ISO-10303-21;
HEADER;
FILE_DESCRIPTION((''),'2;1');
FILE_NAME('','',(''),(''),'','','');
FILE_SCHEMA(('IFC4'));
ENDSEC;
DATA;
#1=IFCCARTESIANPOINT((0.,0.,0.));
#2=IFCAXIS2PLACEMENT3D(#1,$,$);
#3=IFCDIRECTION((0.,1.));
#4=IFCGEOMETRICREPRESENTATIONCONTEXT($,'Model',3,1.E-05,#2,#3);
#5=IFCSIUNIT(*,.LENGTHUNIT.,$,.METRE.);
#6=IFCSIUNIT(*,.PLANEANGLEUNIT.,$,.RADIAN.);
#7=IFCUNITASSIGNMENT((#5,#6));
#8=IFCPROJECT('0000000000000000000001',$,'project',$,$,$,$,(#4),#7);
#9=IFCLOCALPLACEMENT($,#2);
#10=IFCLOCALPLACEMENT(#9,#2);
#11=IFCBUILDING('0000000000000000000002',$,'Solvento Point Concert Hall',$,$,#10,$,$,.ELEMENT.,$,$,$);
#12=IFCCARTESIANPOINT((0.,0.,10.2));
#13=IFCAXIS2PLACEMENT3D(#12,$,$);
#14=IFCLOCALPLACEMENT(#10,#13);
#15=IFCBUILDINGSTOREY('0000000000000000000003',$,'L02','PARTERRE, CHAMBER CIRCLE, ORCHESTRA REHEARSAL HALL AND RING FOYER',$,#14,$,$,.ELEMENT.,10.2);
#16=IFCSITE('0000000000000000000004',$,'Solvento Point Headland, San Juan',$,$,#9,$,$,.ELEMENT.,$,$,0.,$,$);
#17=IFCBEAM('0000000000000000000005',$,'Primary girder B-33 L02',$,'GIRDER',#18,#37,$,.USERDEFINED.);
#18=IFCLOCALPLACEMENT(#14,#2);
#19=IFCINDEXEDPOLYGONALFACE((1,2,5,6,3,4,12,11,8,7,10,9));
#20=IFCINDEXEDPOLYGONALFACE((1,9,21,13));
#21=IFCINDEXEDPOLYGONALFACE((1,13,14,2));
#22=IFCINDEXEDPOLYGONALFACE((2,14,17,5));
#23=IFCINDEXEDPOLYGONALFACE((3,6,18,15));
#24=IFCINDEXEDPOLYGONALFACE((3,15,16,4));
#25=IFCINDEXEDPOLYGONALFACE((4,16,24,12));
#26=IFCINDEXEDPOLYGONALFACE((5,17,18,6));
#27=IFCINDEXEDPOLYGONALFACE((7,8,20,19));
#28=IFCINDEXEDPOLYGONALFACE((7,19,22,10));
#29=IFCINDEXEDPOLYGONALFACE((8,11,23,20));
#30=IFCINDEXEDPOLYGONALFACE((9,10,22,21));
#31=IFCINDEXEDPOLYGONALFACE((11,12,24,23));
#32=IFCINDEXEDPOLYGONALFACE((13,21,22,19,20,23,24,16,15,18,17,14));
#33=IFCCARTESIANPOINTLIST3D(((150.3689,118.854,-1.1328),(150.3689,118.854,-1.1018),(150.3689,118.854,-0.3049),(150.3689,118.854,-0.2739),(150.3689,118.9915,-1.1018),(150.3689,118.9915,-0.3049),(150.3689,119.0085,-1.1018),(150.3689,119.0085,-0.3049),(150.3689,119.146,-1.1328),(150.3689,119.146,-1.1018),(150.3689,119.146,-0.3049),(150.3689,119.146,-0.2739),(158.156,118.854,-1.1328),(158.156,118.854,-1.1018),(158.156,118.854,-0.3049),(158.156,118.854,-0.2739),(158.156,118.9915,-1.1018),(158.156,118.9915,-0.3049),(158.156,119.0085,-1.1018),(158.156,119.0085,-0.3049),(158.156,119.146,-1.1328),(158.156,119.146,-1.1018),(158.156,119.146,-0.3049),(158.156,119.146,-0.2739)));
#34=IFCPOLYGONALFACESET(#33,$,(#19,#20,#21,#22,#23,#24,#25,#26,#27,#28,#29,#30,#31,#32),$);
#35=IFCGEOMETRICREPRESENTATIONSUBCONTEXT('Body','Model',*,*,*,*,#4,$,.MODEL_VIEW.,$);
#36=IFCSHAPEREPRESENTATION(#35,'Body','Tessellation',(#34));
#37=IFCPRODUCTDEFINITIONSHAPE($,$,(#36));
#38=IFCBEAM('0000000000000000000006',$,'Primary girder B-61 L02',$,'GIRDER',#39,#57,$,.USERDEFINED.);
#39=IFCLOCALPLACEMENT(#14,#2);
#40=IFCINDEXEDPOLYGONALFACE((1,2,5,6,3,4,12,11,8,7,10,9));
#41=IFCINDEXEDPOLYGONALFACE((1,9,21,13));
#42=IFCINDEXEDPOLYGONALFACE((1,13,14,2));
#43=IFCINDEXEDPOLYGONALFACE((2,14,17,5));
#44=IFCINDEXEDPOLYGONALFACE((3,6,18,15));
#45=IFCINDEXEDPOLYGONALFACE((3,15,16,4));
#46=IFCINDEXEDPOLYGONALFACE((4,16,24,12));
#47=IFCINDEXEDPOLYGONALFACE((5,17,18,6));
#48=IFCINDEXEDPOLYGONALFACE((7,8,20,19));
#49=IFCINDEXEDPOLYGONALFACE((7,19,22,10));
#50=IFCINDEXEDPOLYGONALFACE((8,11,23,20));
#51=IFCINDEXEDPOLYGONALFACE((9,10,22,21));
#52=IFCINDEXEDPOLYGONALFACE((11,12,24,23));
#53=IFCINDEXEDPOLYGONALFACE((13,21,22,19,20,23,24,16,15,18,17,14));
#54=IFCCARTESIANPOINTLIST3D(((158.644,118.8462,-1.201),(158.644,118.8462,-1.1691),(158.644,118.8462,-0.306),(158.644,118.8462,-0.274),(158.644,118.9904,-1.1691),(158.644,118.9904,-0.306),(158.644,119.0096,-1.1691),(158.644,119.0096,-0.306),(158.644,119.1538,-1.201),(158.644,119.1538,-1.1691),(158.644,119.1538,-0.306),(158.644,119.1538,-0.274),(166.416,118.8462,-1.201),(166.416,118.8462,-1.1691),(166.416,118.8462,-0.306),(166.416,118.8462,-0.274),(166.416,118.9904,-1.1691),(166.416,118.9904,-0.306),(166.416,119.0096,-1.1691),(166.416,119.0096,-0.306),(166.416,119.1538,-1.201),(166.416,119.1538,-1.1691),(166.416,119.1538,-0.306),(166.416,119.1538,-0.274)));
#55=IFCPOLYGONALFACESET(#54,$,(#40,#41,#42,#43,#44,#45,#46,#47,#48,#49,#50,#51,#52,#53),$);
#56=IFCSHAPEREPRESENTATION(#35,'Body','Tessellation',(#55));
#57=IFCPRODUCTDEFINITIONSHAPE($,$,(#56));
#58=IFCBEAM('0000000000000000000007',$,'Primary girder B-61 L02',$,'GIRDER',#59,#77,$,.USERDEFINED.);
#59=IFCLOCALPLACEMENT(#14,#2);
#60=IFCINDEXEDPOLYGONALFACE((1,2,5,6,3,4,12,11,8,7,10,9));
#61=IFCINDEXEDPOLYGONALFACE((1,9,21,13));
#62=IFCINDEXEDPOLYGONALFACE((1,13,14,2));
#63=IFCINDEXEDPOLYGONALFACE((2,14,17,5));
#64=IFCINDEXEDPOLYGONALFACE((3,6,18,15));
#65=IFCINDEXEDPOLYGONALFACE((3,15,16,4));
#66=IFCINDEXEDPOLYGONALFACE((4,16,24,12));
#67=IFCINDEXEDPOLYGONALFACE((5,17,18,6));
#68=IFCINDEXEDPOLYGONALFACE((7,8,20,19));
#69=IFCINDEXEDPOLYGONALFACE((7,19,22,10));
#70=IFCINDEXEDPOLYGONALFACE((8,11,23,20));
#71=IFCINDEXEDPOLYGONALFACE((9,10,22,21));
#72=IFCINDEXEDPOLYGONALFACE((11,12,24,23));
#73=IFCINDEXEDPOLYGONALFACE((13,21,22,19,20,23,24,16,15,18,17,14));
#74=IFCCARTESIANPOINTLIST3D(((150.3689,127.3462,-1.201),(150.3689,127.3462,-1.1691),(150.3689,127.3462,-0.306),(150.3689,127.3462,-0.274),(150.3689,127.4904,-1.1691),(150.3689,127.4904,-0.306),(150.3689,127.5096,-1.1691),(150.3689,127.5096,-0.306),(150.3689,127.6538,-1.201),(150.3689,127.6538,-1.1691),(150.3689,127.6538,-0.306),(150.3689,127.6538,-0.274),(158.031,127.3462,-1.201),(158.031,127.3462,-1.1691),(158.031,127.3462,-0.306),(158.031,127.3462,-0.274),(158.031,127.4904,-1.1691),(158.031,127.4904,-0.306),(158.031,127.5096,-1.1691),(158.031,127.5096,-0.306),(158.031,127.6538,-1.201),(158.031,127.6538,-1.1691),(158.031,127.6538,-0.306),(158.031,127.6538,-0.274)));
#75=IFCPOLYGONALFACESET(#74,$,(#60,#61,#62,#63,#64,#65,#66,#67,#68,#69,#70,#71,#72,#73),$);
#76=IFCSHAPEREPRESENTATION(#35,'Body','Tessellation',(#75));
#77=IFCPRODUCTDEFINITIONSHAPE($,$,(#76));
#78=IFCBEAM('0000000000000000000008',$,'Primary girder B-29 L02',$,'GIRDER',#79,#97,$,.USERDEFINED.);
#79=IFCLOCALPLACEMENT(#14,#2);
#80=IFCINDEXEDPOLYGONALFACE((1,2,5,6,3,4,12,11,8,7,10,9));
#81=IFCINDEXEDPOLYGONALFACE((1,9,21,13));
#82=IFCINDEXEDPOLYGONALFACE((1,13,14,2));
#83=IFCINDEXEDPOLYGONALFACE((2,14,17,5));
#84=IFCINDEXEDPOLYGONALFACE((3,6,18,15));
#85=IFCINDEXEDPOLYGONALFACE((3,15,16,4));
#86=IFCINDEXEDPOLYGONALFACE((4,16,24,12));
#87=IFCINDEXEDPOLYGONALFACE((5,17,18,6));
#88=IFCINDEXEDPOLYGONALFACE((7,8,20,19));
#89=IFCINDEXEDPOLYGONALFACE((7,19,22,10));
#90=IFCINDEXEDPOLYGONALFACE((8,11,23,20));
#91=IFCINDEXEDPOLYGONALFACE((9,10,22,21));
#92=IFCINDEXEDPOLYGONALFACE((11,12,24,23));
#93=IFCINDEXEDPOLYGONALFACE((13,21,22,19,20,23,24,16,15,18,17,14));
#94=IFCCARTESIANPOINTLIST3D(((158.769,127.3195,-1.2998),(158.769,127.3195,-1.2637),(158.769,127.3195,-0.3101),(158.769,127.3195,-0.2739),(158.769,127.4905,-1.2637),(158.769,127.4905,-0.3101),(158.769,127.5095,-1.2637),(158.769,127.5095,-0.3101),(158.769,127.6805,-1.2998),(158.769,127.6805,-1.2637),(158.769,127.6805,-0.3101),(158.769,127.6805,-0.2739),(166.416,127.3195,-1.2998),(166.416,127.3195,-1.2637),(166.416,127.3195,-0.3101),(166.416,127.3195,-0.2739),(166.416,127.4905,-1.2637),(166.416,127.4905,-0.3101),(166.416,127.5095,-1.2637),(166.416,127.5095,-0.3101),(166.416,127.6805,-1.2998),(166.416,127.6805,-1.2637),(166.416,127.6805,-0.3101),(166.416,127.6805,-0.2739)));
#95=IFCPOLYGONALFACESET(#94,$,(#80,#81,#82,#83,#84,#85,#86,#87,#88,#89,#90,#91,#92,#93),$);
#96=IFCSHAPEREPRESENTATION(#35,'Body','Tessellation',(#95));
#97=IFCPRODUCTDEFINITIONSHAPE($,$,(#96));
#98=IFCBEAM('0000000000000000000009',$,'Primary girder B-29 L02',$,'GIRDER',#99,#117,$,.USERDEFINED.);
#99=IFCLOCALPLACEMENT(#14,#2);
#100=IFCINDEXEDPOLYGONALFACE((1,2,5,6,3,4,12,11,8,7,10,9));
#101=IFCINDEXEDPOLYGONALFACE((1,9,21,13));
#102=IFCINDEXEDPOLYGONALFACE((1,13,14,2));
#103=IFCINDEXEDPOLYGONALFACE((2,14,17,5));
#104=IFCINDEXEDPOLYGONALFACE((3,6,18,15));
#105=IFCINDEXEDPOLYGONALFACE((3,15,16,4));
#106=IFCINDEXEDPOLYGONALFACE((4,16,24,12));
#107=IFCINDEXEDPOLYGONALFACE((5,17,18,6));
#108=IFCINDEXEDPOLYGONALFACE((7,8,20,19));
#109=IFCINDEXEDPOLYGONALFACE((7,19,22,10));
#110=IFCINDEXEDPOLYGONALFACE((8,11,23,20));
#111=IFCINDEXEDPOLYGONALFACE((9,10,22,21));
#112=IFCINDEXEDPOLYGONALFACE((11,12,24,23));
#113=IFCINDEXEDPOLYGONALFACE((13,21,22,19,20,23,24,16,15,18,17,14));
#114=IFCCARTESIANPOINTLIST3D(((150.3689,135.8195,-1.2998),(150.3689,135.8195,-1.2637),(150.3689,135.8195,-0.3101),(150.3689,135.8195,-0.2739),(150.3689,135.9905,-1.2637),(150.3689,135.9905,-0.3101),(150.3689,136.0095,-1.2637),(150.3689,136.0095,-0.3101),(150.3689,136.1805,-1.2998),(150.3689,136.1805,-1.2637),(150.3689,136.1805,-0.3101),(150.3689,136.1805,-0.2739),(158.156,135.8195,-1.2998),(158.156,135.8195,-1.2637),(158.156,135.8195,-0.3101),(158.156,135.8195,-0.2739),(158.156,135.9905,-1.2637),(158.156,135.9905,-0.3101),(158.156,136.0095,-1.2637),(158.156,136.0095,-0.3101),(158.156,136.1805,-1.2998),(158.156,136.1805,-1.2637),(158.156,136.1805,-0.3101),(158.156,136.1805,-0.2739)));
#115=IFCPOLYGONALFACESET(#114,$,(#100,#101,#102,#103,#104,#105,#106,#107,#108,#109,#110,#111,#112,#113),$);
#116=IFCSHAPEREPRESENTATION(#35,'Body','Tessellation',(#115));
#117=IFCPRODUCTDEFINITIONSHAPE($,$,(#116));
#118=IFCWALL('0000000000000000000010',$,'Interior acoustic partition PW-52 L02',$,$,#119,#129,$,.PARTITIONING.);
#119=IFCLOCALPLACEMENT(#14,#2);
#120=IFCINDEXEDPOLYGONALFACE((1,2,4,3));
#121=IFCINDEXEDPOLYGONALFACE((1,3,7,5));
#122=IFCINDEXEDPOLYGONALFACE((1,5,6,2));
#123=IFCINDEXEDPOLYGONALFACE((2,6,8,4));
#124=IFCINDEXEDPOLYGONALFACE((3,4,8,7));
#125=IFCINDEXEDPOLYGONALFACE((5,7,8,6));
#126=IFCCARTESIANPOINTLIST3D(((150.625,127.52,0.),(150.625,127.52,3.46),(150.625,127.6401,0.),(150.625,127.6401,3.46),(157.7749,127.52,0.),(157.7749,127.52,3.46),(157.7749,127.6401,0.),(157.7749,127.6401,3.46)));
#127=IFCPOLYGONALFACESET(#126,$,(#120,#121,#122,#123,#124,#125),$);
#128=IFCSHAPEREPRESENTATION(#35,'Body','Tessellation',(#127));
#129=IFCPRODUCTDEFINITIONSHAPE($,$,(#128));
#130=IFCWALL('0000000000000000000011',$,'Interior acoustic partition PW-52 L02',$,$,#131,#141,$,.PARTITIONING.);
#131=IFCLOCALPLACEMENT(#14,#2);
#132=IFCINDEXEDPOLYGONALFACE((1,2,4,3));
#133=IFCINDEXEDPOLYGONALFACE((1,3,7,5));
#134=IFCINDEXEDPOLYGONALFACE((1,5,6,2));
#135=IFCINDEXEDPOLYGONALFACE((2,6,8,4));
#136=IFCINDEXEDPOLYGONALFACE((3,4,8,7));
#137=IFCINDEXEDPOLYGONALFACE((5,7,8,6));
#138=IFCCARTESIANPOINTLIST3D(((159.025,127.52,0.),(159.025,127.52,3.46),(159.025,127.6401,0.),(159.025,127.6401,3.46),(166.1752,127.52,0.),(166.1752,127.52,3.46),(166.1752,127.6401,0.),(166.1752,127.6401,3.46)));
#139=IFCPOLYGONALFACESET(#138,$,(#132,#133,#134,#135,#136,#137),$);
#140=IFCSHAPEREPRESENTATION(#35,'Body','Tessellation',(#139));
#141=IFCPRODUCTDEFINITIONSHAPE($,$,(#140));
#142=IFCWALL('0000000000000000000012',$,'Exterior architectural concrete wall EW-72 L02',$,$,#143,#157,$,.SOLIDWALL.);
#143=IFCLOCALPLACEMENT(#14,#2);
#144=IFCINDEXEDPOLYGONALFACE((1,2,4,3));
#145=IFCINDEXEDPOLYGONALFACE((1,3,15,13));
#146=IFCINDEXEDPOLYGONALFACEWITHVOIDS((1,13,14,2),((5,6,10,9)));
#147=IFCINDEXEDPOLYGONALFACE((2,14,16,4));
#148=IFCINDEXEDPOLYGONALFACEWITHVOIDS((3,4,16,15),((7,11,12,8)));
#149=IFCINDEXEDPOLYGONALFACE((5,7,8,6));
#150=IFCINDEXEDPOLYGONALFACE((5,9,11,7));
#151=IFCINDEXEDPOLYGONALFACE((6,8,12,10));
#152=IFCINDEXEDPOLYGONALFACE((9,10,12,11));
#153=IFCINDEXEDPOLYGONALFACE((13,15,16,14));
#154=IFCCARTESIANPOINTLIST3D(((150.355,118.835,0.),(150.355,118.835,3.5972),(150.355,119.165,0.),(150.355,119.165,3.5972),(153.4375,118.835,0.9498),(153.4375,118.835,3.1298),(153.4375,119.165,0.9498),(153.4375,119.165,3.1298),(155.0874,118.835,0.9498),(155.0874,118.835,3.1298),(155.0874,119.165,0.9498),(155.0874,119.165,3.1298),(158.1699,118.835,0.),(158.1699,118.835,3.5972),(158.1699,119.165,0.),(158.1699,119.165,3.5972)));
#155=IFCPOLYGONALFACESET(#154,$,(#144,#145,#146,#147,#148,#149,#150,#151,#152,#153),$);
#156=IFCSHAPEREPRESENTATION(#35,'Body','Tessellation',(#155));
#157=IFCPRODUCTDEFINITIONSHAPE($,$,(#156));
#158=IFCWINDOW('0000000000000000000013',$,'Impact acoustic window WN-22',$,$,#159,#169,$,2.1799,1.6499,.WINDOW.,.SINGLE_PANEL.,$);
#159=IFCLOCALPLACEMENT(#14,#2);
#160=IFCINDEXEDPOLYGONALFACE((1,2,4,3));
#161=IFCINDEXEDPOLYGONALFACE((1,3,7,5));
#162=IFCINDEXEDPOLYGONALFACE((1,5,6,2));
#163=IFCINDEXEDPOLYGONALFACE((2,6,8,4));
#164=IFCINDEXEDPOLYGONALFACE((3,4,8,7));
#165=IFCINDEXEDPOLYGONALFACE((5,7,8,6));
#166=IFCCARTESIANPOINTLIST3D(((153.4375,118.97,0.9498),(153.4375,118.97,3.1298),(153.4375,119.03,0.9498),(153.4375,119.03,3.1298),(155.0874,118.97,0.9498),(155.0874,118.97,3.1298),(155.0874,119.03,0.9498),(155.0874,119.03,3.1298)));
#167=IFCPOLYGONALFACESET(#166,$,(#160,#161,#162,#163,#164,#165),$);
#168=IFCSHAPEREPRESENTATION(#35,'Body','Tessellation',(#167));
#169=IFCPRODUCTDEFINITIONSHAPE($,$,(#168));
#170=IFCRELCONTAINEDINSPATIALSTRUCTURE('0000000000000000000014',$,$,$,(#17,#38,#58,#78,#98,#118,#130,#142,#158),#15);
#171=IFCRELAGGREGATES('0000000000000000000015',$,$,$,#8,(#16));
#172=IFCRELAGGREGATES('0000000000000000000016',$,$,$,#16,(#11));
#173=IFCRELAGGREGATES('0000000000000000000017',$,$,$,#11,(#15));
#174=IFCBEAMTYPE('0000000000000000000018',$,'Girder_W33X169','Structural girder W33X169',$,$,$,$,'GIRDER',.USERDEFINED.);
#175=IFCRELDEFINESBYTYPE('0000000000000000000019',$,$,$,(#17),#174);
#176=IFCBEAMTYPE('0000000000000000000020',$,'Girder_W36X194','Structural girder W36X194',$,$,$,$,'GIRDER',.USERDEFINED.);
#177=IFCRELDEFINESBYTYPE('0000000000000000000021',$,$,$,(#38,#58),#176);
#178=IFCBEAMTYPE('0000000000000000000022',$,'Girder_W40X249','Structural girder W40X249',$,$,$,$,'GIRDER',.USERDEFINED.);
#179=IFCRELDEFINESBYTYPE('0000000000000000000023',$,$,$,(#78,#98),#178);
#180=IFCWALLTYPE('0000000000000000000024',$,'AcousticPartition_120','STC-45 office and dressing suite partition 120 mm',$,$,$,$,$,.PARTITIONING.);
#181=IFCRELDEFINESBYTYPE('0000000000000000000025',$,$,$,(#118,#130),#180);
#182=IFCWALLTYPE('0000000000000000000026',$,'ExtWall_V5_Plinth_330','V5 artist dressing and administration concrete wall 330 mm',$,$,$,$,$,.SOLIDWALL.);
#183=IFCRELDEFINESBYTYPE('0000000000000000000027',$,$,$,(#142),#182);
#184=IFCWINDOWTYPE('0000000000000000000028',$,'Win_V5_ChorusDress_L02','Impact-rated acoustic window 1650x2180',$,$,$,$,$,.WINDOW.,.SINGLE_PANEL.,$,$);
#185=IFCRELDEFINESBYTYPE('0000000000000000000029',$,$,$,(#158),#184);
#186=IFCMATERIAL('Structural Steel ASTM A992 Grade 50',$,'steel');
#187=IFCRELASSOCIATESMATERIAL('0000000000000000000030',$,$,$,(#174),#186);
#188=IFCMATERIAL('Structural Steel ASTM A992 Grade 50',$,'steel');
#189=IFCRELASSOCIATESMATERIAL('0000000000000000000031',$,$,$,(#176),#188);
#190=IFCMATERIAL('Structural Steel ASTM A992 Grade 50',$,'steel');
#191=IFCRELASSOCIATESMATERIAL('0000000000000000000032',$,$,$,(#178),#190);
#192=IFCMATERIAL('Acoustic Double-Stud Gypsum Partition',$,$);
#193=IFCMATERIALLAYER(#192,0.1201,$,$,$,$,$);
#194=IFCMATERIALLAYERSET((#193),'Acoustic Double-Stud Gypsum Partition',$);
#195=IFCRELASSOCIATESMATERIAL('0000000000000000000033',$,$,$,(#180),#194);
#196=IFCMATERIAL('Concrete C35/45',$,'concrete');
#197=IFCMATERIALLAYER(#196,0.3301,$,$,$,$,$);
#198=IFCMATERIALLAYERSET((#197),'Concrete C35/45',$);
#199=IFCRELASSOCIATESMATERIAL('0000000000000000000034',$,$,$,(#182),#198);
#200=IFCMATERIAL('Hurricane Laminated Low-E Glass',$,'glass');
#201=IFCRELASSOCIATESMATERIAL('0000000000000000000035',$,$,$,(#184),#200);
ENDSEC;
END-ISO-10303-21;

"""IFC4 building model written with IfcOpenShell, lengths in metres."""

from ifc_helpers import new_model, si_unit, direction, frame, frame_2d, origin, origin_2d, place, context, subcontext, project, spatial, rectangle, i_section, extrude, material, layer, layer_set, material_profile, profile_set, type_object, element, fill, save


model = new_model("IFC4")

# Units and contexts
model_context = context("Model", 3, precision=1e-05, world=origin(), true_north=direction((0.0, 1.0)))
body_context = subcontext(model_context, "Body", "Model", "MODEL_VIEW")
ifc_project = project(units=[si_unit("LENGTHUNIT", "METRE"), si_unit("PLANEANGLEUNIT", "RADIAN")], contexts=[model_context])

# Site, building, storey
site_placement = place(None, origin())
site = spatial("IfcSite", under=ifc_project, at=site_placement, Name="Solvento Point Headland, San Juan", CompositionType="ELEMENT", RefElevation=0.0)
building_placement = place(site_placement, origin())
building = spatial("IfcBuilding", under=site, at=building_placement, Name="Solvento Point Concert Hall", CompositionType="ELEMENT")
storey_placement = place(building_placement, frame((0.0, 0.0, 10.2)))
storey = spatial("IfcBuildingStorey", under=building, at=storey_placement, Name="L02", Description="PARTERRE, CHAMBER CIRCLE, ORCHESTRA REHEARSAL HALL AND RING FOYER", CompositionType="ELEMENT", Elevation=10.2)

# Beams
ifc_material_1 = material(Name="Structural Steel ASTM A992 Grade 50", Category="steel")
ifc_material_profile_1 = material_profile(ifc_material_1, i_section(OverallWidth=0.292, OverallDepth=0.8589, WebThickness=0.0171, FlangeThickness=0.031, at=origin_2d()), Name="W33X169")
ifc_profile_set_1 = profile_set([ifc_material_profile_1], Name="Structural Steel ASTM A992 Grade 50")
beam_type_1 = type_object("IfcBeamType", Name="Girder_W33X169", Description="Structural girder W33X169", ElementType="GIRDER", PredefinedType="USERDEFINED", material=ifc_profile_set_1)
beam_1_placement = place(storey_placement, frame((150.3689, 119.0, -0.7034), z_axis=(1.0, 0.0, 0.0), x_axis=(0.0, 1.0, 0.0)))
element("IfcBeam", 1, at=beam_1_placement, inside=storey, type_object=beam_type_1, Name="Primary girder B-33 L02", ObjectType="GIRDER", PredefinedType="USERDEFINED", context=body_context, shape_type="SweptSolid", body=[
    extrude(i_section(OverallWidth=0.292, OverallDepth=0.8589, WebThickness=0.0171, FlangeThickness=0.031, at=origin_2d()), origin(), (0.0, 0.0, 1.0), 7.7871),
])
ifc_material_2 = material(Name="Structural Steel ASTM A992 Grade 50", Category="steel")
ifc_material_profile_2 = material_profile(ifc_material_2, i_section(OverallWidth=0.3076, OverallDepth=0.927, WebThickness=0.0193, FlangeThickness=0.032, at=origin_2d()), Name="W36X194")
ifc_profile_set_2 = profile_set([ifc_material_profile_2], Name="Structural Steel ASTM A992 Grade 50")
beam_type_2 = type_object("IfcBeamType", Name="Girder_W36X194", Description="Structural girder W36X194", ElementType="GIRDER", PredefinedType="USERDEFINED", material=ifc_profile_set_2)
beam_2_placement = place(storey_placement, frame((158.644, 119.0, -0.7375), z_axis=(1.0, 0.0, 0.0), x_axis=(0.0, 1.0, 0.0)))
element("IfcBeam", 2, at=beam_2_placement, inside=storey, type_object=beam_type_2, Name="Primary girder B-61 L02", ObjectType="GIRDER", PredefinedType="USERDEFINED", context=body_context, shape_type="SweptSolid", body=[
    extrude(i_section(OverallWidth=0.3076, OverallDepth=0.927, WebThickness=0.0193, FlangeThickness=0.032, at=origin_2d()), origin(), (0.0, 0.0, 1.0), 7.772),
])
beam_3_placement = place(storey_placement, frame((150.3689, 127.5, -0.7375), z_axis=(1.0, 0.0, 0.0), x_axis=(0.0, 1.0, 0.0)))
element("IfcBeam", 3, at=beam_3_placement, inside=storey, type_object=beam_type_2, Name="Primary girder B-61 L02", ObjectType="GIRDER", PredefinedType="USERDEFINED", context=body_context, shape_type="SweptSolid", body=[
    extrude(i_section(OverallWidth=0.3076, OverallDepth=0.927, WebThickness=0.0193, FlangeThickness=0.032, at=origin_2d()), origin(), (0.0, 0.0, 1.0), 7.6621),
])
ifc_material_3 = material(Name="Structural Steel ASTM A992 Grade 50", Category="steel")
ifc_material_profile_3 = material_profile(ifc_material_3, i_section(OverallWidth=0.3611, OverallDepth=1.0259, WebThickness=0.019, FlangeThickness=0.0361, at=origin_2d()), Name="W40X249")
ifc_profile_set_3 = profile_set([ifc_material_profile_3], Name="Structural Steel ASTM A992 Grade 50")
beam_type_3 = type_object("IfcBeamType", Name="Girder_W40X249", Description="Structural girder W40X249", ElementType="GIRDER", PredefinedType="USERDEFINED", material=ifc_profile_set_3)
beam_4_placement = place(storey_placement, frame((158.769, 127.5, -0.7869), z_axis=(1.0, 0.0, 0.0), x_axis=(0.0, 1.0, 0.0)))
element("IfcBeam", 4, at=beam_4_placement, inside=storey, type_object=beam_type_3, Name="Primary girder B-29 L02", ObjectType="GIRDER", PredefinedType="USERDEFINED", context=body_context, shape_type="SweptSolid", body=[
    extrude(i_section(OverallWidth=0.3611, OverallDepth=1.0259, WebThickness=0.019, FlangeThickness=0.0361, at=origin_2d()), origin(), (0.0, 0.0, 1.0), 7.647),
])
beam_5_placement = place(storey_placement, frame((150.3689, 136.0, -0.7869), z_axis=(1.0, 0.0, 0.0), x_axis=(0.0, 1.0, 0.0)))
element("IfcBeam", 5, at=beam_5_placement, inside=storey, type_object=beam_type_3, Name="Primary girder B-29 L02", ObjectType="GIRDER", PredefinedType="USERDEFINED", context=body_context, shape_type="SweptSolid", body=[
    extrude(i_section(OverallWidth=0.3611, OverallDepth=1.0259, WebThickness=0.019, FlangeThickness=0.0361, at=origin_2d()), origin(), (0.0, 0.0, 1.0), 7.7871),
])

# Walls
ifc_material_4 = material(Name="Acoustic Double-Stud Gypsum Partition")
ifc_layer_1 = layer(ifc_material_4, 0.1201)
ifc_layer_set_1 = layer_set([ifc_layer_1], Name="Acoustic Double-Stud Gypsum Partition")
wall_type_1 = type_object("IfcWallType", Name="AcousticPartition_120", Description="STC-45 office and dressing suite partition 120 mm", PredefinedType="PARTITIONING", material=ifc_layer_set_1)
wall_1_placement = place(storey_placement, frame((150.625, 127.5801, 0.0), z_axis=(0.0, 0.0, 1.0), x_axis=(1.0, 0.0, 0.0)))
element("IfcWall", 6, at=wall_1_placement, inside=storey, type_object=wall_type_1, Name="Interior acoustic partition PW-52 L02", PredefinedType="PARTITIONING", context=body_context, shape_type="SweptSolid", body=[
    extrude(rectangle(XDim=7.1499, YDim=0.1201, at=frame_2d((3.575, 0.0))), origin(), (0.0, 0.0, 1.0), 3.46),
])
wall_2_placement = place(storey_placement, frame((159.0249, 127.5801, 0.0), z_axis=(0.0, 0.0, 1.0), x_axis=(1.0, 0.0, 0.0)))
element("IfcWall", 7, at=wall_2_placement, inside=storey, type_object=wall_type_1, Name="Interior acoustic partition PW-52 L02", PredefinedType="PARTITIONING", context=body_context, shape_type="SweptSolid", body=[
    extrude(rectangle(XDim=7.1501, YDim=0.1201, at=frame_2d((3.5752, 0.0))), origin(), (0.0, 0.0, 1.0), 3.46),
])

# Wall, opening, window
ifc_material_5 = material(Name="Concrete C35/45", Category="concrete")
ifc_layer_2 = layer(ifc_material_5, 0.3301)
ifc_layer_set_2 = layer_set([ifc_layer_2], Name="Concrete C35/45")
wall_type_2 = type_object("IfcWallType", Name="ExtWall_V5_Plinth_330", Description="V5 artist dressing and administration concrete wall 330 mm", PredefinedType="SOLIDWALL", material=ifc_layer_set_2)
wall_3_placement = place(storey_placement, frame((158.1699, 119.0, 0.0), z_axis=(0.0, 0.0, 1.0), x_axis=(-1.0, 0.0, 0.0)))
wall_3 = element("IfcWall", 8, at=wall_3_placement, inside=storey, type_object=wall_type_2, Name="Exterior architectural concrete wall EW-72 L02", PredefinedType="SOLIDWALL", context=body_context, shape_type="SweptSolid", body=[
    extrude(rectangle(XDim=7.8149, YDim=0.3301, at=frame_2d((3.9075, 0.0))), origin(), (0.0, 0.0, 1.0), 3.5972),
])
opening_1_placement = place(wall_3_placement, frame((3.0825, 0.0, 0.95)))
opening_1 = element("IfcOpeningElement", 9, at=opening_1_placement, cuts=wall_3, PredefinedType="OPENING", context=body_context, shape_type="SweptSolid", body=[
    extrude(rectangle(XDim=1.6499, YDim=2.1799, at=frame_2d((0.825, 1.0898))), frame((0.0, 0.175, 0.0), z_axis=(0.0, -1.0, 0.0), x_axis=(1.0, 0.0, 0.0)), (0.0, 0.0, 1.0), 0.3501),
])
ifc_material_6 = material(Name="Hurricane Laminated Low-E Glass", Category="glass")
window_type = type_object("IfcWindowType", Name="Win_V5_ChorusDress_L02", Description="Impact-rated acoustic window 1650x2180", PartitioningType="SINGLE_PANEL", PredefinedType="WINDOW", material=ifc_material_6)
window_1_placement = place(opening_1_placement, origin())
window_1 = element("IfcWindow", 10, at=window_1_placement, inside=storey, type_object=window_type, Name="Impact acoustic window WN-22", OverallHeight=2.1799, OverallWidth=1.6499, PartitioningType="SINGLE_PANEL", PredefinedType="WINDOW", context=body_context, shape_type="SweptSolid", body=[
    extrude(rectangle(XDim=1.6499, YDim=2.1799, at=frame_2d((0.825, 1.0898))), frame((0.0, 0.03, 0.0), z_axis=(0.0, -1.0, 0.0), x_axis=(1.0, 0.0, 0.0)), (0.0, 0.0, 1.0), 0.0601),
])
fill(opening_1, window_1)

save(model, "model.ifc")
